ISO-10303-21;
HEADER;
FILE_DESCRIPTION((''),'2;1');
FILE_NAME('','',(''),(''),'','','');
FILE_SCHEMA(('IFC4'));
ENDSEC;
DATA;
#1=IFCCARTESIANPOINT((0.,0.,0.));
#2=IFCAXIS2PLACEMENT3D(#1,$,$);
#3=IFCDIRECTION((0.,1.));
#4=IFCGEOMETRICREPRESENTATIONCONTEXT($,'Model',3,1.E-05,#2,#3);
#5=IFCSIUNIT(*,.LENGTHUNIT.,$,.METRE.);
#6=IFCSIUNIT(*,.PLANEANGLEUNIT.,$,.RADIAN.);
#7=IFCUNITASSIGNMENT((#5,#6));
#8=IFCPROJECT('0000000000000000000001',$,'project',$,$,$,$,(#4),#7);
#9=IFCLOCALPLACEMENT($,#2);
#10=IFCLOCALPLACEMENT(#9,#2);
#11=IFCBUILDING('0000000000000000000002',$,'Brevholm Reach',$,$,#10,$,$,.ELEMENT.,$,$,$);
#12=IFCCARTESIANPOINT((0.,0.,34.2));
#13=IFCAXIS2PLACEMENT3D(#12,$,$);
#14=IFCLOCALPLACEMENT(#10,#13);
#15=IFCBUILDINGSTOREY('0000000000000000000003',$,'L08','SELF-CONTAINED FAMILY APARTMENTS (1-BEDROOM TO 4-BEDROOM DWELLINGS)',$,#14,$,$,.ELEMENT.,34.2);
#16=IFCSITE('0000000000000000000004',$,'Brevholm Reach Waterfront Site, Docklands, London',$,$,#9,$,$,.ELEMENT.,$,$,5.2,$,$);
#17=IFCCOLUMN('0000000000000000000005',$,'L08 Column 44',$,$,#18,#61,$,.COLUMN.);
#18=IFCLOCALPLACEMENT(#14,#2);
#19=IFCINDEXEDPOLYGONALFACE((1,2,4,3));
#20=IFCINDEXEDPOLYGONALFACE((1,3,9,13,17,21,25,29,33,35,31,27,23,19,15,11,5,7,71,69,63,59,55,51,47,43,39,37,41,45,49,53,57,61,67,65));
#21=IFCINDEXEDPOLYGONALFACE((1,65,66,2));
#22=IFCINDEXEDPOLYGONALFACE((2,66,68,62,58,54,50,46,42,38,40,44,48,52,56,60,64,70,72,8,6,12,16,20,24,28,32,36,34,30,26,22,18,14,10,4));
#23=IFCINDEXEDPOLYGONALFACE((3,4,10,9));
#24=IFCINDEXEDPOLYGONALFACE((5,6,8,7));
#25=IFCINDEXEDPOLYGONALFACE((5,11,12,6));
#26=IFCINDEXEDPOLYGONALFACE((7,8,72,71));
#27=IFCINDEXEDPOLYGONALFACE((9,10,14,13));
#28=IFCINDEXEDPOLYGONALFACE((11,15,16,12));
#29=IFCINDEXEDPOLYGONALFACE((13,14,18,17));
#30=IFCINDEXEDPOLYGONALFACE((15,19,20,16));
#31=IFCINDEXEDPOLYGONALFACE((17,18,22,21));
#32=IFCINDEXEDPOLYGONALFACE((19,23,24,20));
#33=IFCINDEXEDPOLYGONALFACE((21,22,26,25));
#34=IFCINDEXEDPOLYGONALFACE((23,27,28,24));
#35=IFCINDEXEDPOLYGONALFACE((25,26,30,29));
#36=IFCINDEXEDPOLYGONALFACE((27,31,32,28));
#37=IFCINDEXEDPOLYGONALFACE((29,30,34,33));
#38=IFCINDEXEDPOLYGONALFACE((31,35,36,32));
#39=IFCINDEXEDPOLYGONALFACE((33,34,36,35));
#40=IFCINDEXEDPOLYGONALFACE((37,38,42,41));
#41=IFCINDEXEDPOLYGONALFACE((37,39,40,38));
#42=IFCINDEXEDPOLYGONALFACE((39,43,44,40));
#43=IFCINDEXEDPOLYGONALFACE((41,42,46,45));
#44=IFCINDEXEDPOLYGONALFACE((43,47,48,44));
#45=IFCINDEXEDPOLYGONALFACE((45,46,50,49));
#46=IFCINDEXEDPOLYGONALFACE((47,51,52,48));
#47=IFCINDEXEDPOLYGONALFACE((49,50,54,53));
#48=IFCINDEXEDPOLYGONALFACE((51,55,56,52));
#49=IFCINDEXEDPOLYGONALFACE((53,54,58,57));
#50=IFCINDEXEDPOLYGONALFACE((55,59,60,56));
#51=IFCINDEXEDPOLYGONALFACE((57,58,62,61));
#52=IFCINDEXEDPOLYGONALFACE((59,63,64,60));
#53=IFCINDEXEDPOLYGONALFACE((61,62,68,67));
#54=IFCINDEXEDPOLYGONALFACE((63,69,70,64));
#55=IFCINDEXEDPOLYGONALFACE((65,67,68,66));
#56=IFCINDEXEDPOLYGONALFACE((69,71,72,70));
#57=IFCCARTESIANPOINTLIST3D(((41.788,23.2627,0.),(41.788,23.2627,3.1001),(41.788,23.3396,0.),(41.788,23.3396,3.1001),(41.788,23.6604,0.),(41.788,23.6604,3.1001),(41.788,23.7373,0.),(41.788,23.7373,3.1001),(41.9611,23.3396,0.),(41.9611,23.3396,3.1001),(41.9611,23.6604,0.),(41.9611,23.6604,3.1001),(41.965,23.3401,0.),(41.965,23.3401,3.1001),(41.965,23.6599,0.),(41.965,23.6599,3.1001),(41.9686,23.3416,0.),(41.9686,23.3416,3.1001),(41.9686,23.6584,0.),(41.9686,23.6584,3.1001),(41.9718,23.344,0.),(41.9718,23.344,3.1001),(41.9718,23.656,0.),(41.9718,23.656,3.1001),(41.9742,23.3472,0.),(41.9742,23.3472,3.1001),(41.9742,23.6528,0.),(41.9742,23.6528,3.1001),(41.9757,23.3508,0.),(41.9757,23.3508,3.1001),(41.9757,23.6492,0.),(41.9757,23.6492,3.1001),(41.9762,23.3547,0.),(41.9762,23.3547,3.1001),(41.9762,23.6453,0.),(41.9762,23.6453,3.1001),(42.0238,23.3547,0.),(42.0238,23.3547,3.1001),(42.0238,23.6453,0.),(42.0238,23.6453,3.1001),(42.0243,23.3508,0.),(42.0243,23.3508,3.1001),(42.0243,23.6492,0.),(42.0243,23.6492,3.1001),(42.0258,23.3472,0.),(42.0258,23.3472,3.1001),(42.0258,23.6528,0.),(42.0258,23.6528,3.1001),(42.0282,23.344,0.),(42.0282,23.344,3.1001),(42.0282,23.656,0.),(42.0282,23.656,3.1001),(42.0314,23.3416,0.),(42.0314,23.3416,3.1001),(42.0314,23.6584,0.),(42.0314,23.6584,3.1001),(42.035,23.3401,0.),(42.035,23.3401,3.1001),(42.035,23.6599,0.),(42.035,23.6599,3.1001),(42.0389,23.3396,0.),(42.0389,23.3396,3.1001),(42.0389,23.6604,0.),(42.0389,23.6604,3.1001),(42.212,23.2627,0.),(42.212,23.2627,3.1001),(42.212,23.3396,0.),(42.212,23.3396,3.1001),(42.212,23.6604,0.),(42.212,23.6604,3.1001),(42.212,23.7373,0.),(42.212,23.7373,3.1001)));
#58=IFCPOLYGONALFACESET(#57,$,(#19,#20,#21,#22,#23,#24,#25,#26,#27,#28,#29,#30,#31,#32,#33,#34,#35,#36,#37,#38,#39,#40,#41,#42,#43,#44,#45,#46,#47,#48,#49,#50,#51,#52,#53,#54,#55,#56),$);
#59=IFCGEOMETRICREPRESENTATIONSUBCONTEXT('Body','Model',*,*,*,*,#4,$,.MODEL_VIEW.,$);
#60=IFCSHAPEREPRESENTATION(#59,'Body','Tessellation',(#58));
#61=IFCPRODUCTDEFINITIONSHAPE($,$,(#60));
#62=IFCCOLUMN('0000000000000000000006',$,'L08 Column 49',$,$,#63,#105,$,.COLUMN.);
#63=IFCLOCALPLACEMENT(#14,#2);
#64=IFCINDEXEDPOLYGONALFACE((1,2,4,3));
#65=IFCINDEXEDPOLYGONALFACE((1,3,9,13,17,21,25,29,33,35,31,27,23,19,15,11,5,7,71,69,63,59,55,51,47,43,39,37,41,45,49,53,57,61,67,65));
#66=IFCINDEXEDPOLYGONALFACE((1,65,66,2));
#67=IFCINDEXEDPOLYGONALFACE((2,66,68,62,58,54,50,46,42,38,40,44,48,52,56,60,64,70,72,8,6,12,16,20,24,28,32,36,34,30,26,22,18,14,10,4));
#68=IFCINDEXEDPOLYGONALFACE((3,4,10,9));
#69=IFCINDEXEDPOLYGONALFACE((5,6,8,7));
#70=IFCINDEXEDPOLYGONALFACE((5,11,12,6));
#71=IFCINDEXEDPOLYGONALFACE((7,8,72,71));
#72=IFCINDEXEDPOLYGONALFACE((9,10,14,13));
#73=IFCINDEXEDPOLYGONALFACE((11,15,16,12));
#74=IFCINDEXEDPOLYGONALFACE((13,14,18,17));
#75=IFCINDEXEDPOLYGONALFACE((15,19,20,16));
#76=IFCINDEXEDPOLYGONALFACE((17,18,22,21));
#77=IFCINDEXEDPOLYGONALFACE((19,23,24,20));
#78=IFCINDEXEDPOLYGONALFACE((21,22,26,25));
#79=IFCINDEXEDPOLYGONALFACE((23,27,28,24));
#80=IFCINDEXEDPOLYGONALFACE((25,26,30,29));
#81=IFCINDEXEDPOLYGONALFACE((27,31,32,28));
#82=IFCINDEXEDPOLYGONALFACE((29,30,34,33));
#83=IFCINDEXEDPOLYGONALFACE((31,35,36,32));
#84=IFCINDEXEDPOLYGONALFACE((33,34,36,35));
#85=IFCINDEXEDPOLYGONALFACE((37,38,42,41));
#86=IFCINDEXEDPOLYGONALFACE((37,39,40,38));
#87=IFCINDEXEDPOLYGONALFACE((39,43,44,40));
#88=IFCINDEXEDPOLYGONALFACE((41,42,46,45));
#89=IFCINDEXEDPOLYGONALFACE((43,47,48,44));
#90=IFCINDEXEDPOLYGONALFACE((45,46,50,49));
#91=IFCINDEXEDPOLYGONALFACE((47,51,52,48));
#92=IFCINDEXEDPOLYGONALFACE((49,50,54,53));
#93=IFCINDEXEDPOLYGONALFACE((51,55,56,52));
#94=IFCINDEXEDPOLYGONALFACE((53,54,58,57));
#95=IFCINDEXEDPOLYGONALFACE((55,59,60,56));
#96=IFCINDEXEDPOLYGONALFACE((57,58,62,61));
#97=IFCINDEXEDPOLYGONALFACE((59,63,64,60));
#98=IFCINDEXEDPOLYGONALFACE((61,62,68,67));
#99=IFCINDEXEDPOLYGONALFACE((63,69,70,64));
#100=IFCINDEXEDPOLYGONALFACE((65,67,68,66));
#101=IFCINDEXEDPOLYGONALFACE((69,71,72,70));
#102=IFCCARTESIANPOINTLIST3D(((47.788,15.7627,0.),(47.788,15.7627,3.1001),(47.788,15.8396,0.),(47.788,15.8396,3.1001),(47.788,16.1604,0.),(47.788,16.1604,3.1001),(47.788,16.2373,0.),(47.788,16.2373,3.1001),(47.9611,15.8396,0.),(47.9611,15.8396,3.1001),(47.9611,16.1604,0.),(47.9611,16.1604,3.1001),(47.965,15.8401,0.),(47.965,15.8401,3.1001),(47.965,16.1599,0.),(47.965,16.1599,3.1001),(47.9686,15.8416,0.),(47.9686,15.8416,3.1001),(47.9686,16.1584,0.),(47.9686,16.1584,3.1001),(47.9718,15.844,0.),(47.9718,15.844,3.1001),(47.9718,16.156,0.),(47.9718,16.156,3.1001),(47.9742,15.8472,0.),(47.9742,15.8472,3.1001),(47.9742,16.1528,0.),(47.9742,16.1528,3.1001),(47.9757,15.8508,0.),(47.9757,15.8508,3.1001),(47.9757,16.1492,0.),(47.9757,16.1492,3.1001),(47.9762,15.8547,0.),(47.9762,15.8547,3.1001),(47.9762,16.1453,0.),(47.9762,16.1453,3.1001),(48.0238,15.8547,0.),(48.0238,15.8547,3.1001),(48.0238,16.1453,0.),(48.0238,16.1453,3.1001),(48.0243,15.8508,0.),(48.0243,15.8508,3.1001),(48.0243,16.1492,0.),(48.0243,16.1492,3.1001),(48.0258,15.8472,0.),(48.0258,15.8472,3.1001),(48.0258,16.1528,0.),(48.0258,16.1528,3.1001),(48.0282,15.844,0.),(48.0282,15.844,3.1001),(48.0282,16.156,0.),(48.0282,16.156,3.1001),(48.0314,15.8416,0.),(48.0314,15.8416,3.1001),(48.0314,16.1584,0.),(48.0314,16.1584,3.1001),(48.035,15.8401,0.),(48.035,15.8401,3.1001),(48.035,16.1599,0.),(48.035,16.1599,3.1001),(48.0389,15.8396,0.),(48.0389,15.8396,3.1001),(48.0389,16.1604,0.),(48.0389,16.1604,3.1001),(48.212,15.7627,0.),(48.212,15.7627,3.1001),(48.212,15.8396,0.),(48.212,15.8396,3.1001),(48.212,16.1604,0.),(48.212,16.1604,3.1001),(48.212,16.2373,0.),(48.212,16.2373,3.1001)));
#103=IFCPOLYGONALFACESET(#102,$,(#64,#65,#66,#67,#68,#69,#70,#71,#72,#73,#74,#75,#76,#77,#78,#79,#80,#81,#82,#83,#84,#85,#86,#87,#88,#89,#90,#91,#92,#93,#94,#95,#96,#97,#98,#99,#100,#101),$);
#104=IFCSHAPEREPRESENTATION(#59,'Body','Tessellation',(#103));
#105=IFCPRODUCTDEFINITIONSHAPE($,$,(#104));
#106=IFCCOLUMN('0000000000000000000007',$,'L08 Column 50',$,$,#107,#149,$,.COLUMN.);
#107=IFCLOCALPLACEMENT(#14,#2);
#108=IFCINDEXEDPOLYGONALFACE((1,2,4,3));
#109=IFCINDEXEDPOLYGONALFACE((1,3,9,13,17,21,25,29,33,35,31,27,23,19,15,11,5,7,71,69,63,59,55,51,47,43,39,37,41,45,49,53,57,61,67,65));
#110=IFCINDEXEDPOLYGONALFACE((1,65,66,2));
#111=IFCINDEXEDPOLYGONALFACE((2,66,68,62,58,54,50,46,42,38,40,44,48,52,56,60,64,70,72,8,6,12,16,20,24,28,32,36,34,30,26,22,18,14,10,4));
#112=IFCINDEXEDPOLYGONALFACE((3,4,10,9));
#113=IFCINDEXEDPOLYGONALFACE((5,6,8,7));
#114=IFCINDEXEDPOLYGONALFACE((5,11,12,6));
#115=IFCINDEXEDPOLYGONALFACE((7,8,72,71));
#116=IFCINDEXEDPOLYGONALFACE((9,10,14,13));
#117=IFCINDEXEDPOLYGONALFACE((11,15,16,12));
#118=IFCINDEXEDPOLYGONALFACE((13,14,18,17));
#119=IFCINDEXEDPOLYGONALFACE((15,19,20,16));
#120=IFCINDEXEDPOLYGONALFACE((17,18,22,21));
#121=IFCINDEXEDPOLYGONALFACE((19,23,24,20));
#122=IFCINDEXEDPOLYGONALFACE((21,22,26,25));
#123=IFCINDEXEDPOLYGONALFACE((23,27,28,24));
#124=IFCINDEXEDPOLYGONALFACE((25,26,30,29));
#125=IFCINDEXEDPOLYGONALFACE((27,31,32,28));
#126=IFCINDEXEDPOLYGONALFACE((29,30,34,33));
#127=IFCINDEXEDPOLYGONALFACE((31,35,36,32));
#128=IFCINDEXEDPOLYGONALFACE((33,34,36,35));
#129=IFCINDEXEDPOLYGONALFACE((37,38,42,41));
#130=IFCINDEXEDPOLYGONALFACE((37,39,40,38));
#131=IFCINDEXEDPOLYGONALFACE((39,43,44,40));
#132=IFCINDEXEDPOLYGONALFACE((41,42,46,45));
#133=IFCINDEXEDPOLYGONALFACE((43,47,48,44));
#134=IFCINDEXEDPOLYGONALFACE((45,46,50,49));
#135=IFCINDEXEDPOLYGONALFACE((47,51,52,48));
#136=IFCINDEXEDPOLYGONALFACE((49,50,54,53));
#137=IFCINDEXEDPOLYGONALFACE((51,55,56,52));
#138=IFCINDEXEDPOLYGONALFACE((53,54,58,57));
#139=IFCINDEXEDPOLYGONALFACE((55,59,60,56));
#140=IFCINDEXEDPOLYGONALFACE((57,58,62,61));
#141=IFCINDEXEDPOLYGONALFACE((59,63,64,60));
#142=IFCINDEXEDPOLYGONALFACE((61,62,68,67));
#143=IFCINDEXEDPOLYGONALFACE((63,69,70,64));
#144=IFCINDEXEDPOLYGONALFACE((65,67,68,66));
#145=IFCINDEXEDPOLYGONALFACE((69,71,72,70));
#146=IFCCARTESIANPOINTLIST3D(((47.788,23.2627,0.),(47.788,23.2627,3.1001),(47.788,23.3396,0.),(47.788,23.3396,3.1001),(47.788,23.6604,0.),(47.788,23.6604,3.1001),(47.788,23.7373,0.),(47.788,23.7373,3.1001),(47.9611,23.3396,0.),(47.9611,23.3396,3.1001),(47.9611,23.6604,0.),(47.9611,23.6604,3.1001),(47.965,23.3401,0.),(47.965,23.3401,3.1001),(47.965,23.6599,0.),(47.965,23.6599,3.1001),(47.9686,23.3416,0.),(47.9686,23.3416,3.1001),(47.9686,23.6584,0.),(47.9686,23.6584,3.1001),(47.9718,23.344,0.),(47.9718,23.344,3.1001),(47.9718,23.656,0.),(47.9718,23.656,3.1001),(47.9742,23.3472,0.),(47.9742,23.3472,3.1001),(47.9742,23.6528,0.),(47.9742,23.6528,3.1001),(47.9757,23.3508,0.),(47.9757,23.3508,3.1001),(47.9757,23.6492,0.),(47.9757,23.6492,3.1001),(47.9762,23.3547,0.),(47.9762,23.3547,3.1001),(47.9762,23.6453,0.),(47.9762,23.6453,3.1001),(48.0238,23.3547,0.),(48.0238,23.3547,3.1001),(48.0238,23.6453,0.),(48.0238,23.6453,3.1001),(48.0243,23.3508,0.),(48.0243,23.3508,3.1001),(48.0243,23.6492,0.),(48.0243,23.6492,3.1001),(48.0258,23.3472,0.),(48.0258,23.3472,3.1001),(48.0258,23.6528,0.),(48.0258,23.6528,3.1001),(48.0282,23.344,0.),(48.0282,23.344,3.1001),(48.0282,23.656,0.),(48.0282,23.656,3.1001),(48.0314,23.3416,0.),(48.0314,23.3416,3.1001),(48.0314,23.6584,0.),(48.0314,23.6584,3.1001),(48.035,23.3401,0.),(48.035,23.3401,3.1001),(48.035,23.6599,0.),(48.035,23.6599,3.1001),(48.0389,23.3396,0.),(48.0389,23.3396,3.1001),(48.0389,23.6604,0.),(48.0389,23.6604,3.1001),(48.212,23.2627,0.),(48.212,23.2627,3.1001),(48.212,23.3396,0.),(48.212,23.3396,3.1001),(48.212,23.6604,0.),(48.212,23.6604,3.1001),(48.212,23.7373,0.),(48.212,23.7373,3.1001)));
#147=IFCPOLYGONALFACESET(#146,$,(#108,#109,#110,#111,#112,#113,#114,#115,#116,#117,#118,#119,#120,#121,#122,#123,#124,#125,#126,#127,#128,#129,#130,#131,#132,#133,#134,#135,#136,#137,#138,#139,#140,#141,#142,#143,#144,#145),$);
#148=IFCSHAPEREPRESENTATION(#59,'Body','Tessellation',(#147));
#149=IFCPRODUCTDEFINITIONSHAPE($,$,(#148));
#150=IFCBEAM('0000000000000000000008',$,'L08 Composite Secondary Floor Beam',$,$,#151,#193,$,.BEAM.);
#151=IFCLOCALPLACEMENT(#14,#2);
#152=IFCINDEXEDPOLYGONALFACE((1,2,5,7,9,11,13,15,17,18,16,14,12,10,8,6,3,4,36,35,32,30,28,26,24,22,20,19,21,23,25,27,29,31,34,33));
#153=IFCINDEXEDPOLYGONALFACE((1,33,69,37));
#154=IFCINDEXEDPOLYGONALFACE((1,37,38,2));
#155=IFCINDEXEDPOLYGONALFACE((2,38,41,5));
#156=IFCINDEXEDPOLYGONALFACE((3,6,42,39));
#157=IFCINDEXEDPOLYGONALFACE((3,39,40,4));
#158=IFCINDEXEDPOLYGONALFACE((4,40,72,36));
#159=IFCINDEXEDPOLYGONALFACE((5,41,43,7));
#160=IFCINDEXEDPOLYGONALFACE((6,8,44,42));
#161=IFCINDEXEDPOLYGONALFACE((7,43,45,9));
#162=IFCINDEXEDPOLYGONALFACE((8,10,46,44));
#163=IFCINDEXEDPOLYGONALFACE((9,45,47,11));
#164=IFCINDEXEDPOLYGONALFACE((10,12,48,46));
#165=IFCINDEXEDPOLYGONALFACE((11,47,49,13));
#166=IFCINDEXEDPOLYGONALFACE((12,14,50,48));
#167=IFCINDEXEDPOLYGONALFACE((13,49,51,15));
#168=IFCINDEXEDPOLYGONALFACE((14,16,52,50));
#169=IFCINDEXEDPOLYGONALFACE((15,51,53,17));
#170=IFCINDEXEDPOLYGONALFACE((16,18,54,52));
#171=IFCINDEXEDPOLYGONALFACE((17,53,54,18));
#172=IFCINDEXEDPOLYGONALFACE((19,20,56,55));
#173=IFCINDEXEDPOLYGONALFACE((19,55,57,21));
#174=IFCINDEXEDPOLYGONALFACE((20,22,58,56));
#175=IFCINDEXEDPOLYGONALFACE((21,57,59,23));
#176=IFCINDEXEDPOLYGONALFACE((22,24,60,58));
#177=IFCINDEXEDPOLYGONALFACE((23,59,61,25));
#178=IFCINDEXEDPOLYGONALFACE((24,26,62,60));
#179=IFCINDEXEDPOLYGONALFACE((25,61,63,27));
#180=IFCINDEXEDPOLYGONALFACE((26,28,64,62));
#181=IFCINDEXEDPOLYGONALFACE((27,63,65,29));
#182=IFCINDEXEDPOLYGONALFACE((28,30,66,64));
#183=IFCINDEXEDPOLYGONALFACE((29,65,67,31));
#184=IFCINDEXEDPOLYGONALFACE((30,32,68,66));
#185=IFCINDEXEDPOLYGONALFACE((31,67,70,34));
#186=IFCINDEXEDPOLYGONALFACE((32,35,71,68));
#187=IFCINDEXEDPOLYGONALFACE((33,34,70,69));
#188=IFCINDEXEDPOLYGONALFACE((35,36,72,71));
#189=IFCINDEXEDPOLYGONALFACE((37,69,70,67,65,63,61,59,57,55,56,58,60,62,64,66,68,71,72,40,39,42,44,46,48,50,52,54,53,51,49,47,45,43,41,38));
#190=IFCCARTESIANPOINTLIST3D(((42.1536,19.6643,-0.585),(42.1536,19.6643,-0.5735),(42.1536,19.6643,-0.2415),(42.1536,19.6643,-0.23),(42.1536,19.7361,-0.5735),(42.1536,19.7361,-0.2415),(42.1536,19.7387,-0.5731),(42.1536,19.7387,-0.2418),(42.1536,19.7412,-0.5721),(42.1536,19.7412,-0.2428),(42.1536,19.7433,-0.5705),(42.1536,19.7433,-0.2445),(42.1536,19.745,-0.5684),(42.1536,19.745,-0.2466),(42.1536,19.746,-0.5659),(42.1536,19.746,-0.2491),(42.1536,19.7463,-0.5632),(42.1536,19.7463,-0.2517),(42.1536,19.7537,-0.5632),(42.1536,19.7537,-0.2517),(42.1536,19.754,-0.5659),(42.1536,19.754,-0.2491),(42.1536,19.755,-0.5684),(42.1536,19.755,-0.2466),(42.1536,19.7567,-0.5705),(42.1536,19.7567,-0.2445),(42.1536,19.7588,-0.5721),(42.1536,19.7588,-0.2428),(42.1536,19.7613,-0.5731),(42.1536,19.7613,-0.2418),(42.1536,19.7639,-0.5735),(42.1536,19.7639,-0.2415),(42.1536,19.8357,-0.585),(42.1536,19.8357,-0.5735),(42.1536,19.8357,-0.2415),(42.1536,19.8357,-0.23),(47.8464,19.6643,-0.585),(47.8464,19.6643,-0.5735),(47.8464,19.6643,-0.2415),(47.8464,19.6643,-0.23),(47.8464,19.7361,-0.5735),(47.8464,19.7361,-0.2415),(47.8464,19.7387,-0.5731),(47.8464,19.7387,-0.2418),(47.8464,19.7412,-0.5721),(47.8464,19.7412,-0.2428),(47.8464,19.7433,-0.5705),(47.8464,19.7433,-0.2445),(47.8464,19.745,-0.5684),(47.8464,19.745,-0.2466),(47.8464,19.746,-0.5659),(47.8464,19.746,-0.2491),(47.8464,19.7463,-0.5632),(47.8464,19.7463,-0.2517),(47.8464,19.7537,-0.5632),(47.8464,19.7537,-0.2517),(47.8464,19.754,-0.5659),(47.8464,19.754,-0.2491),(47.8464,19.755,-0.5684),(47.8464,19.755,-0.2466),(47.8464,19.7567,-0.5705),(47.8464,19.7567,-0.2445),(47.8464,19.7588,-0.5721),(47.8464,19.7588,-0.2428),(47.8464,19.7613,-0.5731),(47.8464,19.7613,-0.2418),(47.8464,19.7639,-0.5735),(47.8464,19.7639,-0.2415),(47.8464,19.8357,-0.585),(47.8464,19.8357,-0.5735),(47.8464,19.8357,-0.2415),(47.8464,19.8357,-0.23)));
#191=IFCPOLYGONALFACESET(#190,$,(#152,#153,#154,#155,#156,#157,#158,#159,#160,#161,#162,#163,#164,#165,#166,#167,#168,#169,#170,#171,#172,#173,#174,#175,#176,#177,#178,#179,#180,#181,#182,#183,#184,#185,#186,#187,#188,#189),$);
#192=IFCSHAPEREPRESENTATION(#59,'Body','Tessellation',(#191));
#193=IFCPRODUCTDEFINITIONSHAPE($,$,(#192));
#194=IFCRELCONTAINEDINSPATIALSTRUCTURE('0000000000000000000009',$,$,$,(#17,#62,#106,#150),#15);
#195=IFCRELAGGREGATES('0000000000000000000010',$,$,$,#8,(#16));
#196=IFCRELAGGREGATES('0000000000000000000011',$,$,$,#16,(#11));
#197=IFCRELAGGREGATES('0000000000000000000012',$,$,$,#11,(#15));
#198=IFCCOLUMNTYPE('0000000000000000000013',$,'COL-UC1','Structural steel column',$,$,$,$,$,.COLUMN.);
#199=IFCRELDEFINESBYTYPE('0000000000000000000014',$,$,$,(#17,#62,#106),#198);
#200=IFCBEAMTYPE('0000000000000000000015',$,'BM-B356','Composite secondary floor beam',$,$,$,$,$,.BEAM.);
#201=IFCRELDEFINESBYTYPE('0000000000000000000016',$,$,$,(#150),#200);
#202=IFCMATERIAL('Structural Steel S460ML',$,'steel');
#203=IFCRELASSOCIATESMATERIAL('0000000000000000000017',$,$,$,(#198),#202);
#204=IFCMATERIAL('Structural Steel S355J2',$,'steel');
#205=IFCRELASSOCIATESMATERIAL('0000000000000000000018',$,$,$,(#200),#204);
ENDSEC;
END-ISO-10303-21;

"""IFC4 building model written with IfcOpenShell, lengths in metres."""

from ifc_helpers import new_model, si_unit, direction, frame, origin, origin_2d, place, context, subcontext, project, spatial, i_section, extrude, material, material_profile, profile_set, type_object, element, save


model = new_model("IFC4")

# Units and contexts
model_context = context("Model", 3, precision=1e-05, world=origin(), true_north=direction((0.0, 1.0)))
body_context = subcontext(model_context, "Body", "Model", "MODEL_VIEW")
ifc_project = project(units=[si_unit("LENGTHUNIT", "METRE"), si_unit("PLANEANGLEUNIT", "RADIAN")], contexts=[model_context])

# Site, building, storey
site_placement = place(None, origin())
site = spatial("IfcSite", under=ifc_project, at=site_placement, Name="Brevholm Reach Waterfront Site, Docklands, London", CompositionType="ELEMENT", RefElevation=5.2)
building_placement = place(site_placement, origin())
building = spatial("IfcBuilding", under=site, at=building_placement, Name="Brevholm Reach", CompositionType="ELEMENT")
storey_placement = place(building_placement, frame((0.0, 0.0, 34.2)))
storey = spatial("IfcBuildingStorey", under=building, at=storey_placement, Name="L08", Description="SELF-CONTAINED FAMILY APARTMENTS (1-BEDROOM TO 4-BEDROOM DWELLINGS)", CompositionType="ELEMENT", Elevation=34.2)

# Columns
ifc_material_1 = material(Name="Structural Steel S460ML", Category="steel")
ifc_material_profile_1 = material_profile(ifc_material_1, i_section(OverallWidth=0.4241, OverallDepth=0.4746, WebThickness=0.0476, FlangeThickness=0.0769, FilletRadius=0.0151, at=origin_2d()), Name="UKC 356x406x634")
ifc_profile_set_1 = profile_set([ifc_material_profile_1], Name="Structural Steel S460ML")
column_type = type_object("IfcColumnType", Name="COL-UC1", Description="Structural steel column", PredefinedType="COLUMN", material=ifc_profile_set_1)
for number, where, z_axis, x_axis, name in (
    (1, (42.0, 23.5, 0.0), (0.0, 0.0, 1.0), (1.0, 0.0, 0.0), "L08 Column 44"),
    (2, (48.0, 16.0, 0.0), (0.0, 0.0, 1.0), (1.0, 0.0, 0.0), "L08 Column 49"),
    (3, (48.0, 23.5, 0.0), (0.0, 0.0, 1.0), (1.0, 0.0, 0.0), "L08 Column 50"),
):
    element("IfcColumn", number, at=place(storey_placement, frame(where, z_axis=z_axis, x_axis=x_axis)), inside=storey, type_object=column_type, Name=name, PredefinedType="COLUMN", context=body_context, shape_type="SweptSolid", body=[
        extrude(i_section(OverallWidth=0.4241, OverallDepth=0.4746, WebThickness=0.0476, FlangeThickness=0.0769, FilletRadius=0.0151, at=origin_2d()), origin(), (0.0, 0.0, 1.0), 3.1001),
    ])

# Beam
ifc_material_2 = material(Name="Structural Steel S355J2", Category="steel")
ifc_material_profile_2 = material_profile(ifc_material_2, i_section(OverallWidth=0.1714, OverallDepth=0.355, WebThickness=0.0073, FlangeThickness=0.0115, FilletRadius=0.0103, at=origin_2d()), Name="UKB 356x171x51")
ifc_profile_set_2 = profile_set([ifc_material_profile_2], Name="Structural Steel S355J2")
beam_type_1 = type_object("IfcBeamType", Name="BM-B356", Description="Composite secondary floor beam", PredefinedType="BEAM", material=ifc_profile_set_2)
for number, where, z_axis, x_axis, name in (
    (4, (42.1536, 19.75, -0.4075), (1.0, 0.0, 0.0), (0.0, 1.0, 0.0), "L08 Composite Secondary Floor Beam"),
):
    element("IfcBeam", number, at=place(storey_placement, frame(where, z_axis=z_axis, x_axis=x_axis)), inside=storey, type_object=beam_type_1, Name=name, PredefinedType="BEAM", context=body_context, shape_type="SweptSolid", body=[
        extrude(i_section(OverallWidth=0.1714, OverallDepth=0.355, WebThickness=0.0073, FlangeThickness=0.0115, FilletRadius=0.0103, at=origin_2d()), origin(), (0.0, 0.0, 1.0), 5.6929),
    ])

save(model, "model.ifc")
